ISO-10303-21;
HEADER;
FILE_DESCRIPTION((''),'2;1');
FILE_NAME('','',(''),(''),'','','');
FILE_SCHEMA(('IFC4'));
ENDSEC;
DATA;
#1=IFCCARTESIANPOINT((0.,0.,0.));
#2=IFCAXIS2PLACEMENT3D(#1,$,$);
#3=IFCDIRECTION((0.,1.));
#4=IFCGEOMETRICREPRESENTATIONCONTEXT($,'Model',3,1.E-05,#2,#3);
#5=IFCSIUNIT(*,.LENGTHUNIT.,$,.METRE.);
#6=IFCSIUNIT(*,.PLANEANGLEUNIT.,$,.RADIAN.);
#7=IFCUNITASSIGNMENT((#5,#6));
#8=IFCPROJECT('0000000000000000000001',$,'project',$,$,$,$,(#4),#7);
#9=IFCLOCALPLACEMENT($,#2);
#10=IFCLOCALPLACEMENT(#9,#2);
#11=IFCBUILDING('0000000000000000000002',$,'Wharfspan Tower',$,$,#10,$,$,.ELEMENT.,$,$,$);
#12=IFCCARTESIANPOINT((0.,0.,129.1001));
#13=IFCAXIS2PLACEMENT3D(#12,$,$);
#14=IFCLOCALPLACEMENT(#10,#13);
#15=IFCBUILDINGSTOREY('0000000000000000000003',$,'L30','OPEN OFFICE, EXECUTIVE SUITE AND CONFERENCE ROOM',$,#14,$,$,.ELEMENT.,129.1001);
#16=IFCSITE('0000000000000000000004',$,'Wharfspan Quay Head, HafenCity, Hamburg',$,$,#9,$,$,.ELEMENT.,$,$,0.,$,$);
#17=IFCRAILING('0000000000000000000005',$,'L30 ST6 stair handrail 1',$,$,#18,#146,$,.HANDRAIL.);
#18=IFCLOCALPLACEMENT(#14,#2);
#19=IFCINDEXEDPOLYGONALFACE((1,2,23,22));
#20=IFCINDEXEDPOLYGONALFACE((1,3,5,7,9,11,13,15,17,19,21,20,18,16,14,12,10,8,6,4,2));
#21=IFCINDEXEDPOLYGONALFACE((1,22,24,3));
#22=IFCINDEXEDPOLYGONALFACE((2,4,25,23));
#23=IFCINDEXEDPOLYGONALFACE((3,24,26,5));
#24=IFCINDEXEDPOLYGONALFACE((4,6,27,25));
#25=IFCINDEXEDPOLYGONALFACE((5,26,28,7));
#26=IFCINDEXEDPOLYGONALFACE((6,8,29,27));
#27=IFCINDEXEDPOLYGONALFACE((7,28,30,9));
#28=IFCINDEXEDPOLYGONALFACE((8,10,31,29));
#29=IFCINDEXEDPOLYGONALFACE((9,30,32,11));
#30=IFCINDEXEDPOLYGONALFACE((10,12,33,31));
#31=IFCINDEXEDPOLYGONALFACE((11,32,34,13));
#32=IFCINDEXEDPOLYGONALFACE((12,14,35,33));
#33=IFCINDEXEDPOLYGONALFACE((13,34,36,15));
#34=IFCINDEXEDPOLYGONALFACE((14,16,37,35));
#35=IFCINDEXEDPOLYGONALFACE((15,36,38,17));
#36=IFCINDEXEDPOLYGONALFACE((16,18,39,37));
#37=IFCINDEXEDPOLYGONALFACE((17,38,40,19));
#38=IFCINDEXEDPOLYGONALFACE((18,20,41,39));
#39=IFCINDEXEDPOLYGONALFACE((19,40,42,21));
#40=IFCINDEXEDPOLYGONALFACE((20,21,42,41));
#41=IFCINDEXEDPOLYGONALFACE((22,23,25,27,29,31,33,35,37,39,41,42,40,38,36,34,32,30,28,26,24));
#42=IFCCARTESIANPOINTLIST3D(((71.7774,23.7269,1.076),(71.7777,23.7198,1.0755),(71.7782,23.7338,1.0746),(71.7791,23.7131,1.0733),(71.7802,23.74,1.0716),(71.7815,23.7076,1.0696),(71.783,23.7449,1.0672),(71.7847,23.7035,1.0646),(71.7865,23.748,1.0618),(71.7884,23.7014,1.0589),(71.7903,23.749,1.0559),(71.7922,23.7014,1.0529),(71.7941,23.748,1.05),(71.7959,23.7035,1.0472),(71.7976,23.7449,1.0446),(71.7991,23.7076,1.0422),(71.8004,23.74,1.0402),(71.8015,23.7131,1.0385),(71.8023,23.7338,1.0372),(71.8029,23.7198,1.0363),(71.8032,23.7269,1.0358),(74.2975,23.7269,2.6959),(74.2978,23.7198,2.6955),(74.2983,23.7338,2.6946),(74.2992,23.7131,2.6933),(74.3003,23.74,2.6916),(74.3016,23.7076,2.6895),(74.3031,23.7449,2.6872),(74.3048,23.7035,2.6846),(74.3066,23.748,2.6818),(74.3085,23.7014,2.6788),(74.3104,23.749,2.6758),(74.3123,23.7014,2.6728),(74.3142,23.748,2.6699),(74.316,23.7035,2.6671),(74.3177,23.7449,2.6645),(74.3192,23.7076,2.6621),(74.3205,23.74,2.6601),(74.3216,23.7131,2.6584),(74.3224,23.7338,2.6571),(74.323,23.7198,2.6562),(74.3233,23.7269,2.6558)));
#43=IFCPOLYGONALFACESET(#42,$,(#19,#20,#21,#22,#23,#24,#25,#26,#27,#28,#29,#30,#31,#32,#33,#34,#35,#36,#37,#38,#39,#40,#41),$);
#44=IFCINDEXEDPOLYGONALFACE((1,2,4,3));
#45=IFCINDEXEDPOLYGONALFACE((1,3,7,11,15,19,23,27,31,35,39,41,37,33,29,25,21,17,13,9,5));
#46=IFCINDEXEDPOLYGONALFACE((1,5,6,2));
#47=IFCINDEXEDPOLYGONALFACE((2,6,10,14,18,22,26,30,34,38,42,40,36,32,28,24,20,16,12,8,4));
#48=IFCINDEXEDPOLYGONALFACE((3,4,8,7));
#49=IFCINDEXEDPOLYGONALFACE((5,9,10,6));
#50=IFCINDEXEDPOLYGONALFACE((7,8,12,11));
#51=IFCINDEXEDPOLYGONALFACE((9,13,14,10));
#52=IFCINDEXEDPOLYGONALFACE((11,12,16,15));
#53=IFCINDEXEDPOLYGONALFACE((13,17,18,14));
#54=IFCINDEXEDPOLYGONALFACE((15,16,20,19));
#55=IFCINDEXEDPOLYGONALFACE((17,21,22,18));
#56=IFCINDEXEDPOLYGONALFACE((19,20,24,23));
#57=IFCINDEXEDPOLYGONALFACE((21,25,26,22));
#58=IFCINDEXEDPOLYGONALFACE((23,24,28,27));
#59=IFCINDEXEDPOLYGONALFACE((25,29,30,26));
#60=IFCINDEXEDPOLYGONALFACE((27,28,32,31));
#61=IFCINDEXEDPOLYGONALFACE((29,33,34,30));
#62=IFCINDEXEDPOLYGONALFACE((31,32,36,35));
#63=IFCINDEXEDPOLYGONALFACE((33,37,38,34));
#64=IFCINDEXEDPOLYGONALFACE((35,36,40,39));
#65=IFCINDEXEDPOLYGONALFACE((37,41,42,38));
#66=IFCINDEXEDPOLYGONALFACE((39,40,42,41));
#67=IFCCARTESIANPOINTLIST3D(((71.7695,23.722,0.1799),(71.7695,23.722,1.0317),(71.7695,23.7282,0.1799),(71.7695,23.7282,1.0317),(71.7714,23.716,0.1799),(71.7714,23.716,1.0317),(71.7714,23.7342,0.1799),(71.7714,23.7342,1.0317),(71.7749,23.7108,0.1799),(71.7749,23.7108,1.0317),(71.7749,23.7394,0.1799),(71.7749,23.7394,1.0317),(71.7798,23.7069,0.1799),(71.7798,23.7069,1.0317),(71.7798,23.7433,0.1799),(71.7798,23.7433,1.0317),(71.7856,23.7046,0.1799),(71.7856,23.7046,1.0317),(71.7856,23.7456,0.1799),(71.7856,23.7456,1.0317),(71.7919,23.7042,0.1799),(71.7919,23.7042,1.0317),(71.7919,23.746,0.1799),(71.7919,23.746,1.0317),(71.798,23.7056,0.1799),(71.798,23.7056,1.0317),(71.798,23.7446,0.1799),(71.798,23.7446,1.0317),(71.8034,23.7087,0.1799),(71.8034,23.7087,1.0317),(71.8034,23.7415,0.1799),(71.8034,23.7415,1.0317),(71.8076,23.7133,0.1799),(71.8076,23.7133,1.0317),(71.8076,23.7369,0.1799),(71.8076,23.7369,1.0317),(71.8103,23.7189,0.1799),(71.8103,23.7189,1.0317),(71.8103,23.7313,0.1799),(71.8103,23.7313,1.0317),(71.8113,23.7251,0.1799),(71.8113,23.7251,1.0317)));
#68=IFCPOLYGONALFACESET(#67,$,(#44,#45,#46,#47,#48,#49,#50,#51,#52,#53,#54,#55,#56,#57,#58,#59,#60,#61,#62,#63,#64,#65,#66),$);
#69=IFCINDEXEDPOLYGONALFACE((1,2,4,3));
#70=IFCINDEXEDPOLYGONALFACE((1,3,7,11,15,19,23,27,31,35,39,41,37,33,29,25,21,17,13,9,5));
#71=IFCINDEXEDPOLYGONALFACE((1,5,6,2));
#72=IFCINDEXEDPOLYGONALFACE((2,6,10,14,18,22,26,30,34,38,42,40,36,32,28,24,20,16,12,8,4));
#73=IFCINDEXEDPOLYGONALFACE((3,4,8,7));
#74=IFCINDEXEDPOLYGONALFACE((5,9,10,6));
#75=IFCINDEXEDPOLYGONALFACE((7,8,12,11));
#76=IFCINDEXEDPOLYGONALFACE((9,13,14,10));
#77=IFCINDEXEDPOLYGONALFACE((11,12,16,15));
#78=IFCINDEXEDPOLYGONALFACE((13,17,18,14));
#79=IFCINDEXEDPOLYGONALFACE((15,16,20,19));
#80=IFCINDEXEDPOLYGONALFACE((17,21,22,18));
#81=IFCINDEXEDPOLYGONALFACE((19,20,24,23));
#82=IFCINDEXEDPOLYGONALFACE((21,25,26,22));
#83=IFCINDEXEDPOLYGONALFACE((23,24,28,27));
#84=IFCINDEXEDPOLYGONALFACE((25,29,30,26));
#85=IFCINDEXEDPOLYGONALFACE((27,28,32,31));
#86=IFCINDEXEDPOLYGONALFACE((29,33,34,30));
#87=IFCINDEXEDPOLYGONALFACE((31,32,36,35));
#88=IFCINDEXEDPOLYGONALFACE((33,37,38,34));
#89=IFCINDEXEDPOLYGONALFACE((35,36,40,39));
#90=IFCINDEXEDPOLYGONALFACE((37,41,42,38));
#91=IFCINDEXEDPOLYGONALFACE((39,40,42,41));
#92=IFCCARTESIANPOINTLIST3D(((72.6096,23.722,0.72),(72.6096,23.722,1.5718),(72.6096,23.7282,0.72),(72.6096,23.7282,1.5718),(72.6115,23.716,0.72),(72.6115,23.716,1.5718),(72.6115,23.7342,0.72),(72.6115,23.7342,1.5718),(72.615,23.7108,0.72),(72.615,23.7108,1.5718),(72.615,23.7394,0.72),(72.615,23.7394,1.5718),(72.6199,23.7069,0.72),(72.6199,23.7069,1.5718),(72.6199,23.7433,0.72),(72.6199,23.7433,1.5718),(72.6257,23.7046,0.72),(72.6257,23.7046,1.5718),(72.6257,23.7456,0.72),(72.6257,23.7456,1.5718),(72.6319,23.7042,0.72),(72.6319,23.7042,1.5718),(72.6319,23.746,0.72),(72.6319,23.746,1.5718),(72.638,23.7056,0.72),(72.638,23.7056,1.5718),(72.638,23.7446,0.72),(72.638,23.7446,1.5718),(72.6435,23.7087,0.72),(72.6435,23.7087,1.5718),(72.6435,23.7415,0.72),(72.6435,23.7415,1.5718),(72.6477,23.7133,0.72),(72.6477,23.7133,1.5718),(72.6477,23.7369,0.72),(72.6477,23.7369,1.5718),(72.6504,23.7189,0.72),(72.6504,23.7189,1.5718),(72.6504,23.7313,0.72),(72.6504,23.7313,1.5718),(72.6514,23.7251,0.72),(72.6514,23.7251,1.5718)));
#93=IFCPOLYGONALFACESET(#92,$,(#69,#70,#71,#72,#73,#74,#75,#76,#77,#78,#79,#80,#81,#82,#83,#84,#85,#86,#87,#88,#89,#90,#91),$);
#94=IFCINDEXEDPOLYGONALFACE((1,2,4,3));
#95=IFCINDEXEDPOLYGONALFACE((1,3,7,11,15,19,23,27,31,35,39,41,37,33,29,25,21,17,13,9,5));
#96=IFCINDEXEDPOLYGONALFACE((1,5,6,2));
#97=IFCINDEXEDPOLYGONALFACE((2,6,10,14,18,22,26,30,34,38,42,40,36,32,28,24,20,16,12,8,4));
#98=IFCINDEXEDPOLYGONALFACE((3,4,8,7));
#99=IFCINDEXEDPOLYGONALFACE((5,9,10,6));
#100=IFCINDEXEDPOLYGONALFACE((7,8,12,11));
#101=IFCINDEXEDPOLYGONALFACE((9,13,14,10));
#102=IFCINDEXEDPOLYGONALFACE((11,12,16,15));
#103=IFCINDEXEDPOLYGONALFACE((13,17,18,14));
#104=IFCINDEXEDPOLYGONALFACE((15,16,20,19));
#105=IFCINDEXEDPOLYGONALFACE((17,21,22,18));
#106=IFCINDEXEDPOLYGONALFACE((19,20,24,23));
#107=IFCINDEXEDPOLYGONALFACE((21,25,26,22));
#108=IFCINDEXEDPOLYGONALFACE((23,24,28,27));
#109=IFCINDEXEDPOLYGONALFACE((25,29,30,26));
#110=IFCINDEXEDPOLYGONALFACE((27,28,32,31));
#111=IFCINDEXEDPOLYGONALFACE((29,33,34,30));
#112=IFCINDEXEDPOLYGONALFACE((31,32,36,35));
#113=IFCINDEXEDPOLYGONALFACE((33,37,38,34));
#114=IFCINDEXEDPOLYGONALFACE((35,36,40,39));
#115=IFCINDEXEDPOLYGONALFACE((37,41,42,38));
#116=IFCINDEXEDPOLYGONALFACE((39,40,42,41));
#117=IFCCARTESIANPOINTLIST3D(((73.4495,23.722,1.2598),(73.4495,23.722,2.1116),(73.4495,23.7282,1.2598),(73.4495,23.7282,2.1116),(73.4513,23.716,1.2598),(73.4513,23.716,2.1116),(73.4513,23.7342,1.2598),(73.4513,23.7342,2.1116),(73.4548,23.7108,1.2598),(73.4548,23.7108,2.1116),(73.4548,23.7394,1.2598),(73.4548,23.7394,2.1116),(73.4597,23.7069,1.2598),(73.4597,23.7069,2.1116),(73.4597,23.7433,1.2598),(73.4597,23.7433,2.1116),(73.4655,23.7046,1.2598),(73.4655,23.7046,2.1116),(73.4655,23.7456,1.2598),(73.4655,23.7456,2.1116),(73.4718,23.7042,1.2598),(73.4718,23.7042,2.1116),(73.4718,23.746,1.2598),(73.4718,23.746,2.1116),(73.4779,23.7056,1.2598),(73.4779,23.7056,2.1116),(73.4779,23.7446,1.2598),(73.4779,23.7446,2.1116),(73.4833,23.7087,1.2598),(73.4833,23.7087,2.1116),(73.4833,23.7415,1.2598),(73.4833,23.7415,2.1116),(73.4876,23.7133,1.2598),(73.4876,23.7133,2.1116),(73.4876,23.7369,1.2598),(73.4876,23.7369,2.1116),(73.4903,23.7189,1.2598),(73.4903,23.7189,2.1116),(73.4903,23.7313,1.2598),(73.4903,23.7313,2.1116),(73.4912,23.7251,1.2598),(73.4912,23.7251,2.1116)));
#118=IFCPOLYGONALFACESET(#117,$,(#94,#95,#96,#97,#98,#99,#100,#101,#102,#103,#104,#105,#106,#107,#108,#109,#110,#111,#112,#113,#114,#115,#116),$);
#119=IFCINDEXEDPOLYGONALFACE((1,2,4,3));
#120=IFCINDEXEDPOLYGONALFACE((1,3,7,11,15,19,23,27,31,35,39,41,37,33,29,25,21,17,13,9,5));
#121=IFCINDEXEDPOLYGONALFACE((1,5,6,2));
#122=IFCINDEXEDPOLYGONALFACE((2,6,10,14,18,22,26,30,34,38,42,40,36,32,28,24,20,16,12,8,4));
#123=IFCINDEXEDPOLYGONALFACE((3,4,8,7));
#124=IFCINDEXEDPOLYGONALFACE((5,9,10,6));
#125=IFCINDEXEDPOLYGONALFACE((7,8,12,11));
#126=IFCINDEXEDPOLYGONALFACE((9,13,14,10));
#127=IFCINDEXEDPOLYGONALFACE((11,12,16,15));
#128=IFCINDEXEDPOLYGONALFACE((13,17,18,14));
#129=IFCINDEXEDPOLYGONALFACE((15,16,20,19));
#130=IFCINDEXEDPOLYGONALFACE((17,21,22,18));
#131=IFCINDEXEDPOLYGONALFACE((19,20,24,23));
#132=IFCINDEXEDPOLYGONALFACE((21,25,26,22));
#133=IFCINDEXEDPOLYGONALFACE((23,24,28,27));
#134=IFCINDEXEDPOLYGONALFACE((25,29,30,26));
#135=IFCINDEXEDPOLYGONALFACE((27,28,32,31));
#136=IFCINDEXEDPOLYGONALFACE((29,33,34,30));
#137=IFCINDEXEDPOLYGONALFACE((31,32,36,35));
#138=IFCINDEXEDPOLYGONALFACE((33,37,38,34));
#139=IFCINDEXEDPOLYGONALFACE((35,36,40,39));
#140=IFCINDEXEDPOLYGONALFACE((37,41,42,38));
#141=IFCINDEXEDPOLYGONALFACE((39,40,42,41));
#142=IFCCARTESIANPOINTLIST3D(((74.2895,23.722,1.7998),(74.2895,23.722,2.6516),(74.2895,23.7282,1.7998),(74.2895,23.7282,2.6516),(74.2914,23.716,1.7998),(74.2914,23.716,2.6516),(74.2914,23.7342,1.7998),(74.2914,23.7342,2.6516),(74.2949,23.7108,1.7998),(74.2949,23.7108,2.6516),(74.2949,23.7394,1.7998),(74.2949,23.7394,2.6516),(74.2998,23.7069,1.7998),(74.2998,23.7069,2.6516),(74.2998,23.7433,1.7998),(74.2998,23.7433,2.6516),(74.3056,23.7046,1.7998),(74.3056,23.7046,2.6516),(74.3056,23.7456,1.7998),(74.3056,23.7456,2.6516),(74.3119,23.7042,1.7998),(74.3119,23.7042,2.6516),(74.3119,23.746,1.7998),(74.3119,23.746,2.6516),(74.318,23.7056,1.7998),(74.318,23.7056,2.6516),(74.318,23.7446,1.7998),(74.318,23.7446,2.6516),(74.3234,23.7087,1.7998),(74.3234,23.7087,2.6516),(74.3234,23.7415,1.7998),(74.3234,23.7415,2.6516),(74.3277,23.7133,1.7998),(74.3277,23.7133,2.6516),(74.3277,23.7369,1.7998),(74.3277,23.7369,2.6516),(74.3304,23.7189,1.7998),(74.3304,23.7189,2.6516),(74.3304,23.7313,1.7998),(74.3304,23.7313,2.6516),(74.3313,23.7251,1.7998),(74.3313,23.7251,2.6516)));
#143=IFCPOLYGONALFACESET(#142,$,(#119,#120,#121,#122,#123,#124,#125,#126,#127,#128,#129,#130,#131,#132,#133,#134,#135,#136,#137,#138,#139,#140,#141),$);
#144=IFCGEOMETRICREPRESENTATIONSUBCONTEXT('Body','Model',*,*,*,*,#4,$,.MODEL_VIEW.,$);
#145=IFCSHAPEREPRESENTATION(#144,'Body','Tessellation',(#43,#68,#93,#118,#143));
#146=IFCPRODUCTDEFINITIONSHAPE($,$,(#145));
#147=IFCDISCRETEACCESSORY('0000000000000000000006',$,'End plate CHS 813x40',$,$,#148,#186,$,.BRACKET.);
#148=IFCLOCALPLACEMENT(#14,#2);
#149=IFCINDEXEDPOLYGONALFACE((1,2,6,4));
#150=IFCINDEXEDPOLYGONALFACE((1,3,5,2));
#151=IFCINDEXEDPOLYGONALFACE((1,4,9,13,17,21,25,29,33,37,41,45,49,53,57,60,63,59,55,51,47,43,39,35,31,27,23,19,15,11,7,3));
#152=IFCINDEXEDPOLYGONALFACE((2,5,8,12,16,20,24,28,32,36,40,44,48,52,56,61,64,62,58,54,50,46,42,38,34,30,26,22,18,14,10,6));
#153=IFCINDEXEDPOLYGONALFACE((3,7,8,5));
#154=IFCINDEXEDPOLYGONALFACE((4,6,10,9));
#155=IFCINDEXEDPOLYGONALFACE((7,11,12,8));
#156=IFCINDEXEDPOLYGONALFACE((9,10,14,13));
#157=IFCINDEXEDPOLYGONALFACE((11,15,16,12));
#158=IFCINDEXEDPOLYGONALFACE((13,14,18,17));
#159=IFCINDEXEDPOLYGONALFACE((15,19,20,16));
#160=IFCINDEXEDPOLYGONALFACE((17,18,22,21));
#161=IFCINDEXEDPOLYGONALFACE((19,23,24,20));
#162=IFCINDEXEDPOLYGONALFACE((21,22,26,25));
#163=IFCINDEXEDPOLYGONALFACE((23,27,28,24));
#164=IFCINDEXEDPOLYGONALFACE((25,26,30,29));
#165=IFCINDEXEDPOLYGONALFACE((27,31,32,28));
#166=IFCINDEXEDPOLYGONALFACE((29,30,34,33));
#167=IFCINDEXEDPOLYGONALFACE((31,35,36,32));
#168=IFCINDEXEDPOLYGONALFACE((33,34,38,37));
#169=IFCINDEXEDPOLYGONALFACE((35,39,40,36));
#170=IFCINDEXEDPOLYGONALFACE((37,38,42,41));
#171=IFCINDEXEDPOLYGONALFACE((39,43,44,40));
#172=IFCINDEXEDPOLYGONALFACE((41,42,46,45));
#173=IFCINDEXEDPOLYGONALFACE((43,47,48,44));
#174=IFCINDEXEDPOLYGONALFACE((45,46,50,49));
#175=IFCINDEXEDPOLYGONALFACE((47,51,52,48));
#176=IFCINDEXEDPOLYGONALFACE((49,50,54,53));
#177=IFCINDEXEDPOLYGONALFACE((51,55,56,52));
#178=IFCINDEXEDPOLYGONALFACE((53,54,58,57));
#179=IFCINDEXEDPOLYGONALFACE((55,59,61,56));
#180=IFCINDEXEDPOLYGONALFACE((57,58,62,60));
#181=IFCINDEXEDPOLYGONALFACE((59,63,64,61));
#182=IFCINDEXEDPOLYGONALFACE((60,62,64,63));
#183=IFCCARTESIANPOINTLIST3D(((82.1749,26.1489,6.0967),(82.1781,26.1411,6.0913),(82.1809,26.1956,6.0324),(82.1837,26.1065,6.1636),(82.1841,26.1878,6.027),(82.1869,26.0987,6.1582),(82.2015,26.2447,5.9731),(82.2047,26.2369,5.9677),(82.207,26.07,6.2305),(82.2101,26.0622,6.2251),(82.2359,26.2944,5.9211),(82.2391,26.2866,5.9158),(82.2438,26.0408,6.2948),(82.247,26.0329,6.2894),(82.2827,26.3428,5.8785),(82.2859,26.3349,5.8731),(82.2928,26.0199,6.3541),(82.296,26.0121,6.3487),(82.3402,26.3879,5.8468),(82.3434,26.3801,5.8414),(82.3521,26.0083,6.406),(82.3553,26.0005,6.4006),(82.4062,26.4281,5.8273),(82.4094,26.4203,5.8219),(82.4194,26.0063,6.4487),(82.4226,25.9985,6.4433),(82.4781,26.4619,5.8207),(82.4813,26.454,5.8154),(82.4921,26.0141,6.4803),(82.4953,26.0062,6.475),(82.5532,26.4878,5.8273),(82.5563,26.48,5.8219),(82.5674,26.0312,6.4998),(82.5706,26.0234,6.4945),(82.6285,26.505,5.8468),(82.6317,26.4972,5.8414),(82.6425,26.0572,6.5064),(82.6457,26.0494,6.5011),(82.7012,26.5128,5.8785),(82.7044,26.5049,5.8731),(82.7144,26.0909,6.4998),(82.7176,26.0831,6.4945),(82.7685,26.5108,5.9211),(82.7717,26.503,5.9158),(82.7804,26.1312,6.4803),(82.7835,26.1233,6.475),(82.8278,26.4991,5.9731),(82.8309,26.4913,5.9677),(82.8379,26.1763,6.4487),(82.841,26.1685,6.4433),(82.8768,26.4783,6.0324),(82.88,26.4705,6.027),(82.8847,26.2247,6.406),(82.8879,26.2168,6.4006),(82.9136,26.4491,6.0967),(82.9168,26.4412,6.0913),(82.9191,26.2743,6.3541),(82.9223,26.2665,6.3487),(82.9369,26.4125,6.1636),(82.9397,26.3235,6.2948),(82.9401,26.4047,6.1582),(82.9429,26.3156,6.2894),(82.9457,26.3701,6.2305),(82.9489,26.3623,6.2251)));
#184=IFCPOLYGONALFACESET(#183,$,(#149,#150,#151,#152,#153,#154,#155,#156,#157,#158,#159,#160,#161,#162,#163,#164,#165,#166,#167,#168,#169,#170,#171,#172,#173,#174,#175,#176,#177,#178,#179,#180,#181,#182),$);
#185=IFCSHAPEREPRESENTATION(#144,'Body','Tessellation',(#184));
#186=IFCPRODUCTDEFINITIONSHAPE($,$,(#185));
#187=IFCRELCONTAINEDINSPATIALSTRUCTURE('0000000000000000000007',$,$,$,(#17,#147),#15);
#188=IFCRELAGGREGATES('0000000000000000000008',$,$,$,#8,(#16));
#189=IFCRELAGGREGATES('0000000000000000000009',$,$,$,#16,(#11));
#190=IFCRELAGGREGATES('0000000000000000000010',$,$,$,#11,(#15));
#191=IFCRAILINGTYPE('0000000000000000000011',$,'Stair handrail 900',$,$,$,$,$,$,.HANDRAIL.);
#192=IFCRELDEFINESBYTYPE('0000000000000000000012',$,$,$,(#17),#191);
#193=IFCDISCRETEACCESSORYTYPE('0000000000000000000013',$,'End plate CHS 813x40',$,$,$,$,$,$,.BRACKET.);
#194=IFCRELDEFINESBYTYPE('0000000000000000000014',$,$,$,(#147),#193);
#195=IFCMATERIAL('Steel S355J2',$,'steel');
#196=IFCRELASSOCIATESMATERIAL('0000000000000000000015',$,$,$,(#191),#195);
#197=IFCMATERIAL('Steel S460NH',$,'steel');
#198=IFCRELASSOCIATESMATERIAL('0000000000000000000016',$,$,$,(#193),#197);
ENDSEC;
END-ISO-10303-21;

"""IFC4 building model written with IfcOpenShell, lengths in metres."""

from ifc_helpers import new_model, si_unit, direction, frame, origin, origin_2d, place, context, subcontext, project, spatial, circle, extrude, material, material_profile, profile_set, type_object, element, save


model = new_model("IFC4")

# Units and contexts
model_context = context("Model", 3, precision=1e-05, world=origin(), true_north=direction((0.0, 1.0)))
body_context = subcontext(model_context, "Body", "Model", "MODEL_VIEW")
ifc_project = project(units=[si_unit("LENGTHUNIT", "METRE"), si_unit("PLANEANGLEUNIT", "RADIAN")], contexts=[model_context])

# Site, building, storey
site_placement = place(None, origin())
site = spatial("IfcSite", under=ifc_project, at=site_placement, Name="Wharfspan Quay Head, HafenCity, Hamburg", CompositionType="ELEMENT", RefElevation=0.0)
building_placement = place(site_placement, origin())
building = spatial("IfcBuilding", under=site, at=building_placement, Name="Wharfspan Tower", CompositionType="ELEMENT")
storey_placement = place(building_placement, frame((0.0, 0.0, 129.1001)))
storey = spatial("IfcBuildingStorey", under=building, at=storey_placement, Name="L30", Description="OPEN OFFICE, EXECUTIVE SUITE AND CONFERENCE ROOM", CompositionType="ELEMENT", Elevation=129.1001)

# Shared definitions
ifc_material_1 = material(Name="Steel S355J2", Category="steel")

# Shared definitions
ifc_material_2 = material(Name="Steel S460NH", Category="steel")

# Railing
railing_type_1 = type_object("IfcRailingType", Name="Stair handrail 900", PredefinedType="HANDRAIL", material=ifc_material_1)
railing_1_placement = place(storey_placement, frame((71.7903, 23.7251, 0.1799)))
element("IfcRailing", 1, at=railing_1_placement, inside=storey, type_object=railing_type_1, Name="L30 ST6 stair handrail 1", PredefinedType="HANDRAIL", context=body_context, shape_type="SweptSolid", body=[
    extrude(circle(Radius=0.0239, at=origin_2d()), frame((0.0, 0.0, 0.876), z_axis=(0.8412, 0.0, 0.540725), x_axis=(0.0, 1.0, 0.0)), (0.0, 0.0, 1.0), 2.9958),
    extrude(circle(Radius=0.021, at=origin_2d()), origin(), (0.0, 0.0, 1.0), 0.8518),
    extrude(circle(Radius=0.021, at=origin_2d()), frame((0.8401, 0.0, 0.54)), (0.0, 0.0, 1.0), 0.8518),
    extrude(circle(Radius=0.021, at=origin_2d()), frame((1.6799, 0.0, 1.0798)), (0.0, 0.0, 1.0), 0.8518),
    extrude(circle(Radius=0.021, at=origin_2d()), frame((2.52, 0.0, 1.6199)), (0.0, 0.0, 1.0), 0.8518),
])

# Discrete accessory
ifc_material_profile_1 = material_profile(ifc_material_2, circle(Radius=0.4065, at=origin_2d()))
ifc_profile_set_1 = profile_set([ifc_material_profile_1], Name="Steel S460NH")
discrete_accessory_type = type_object("IfcDiscreteAccessoryType", Name="End plate CHS 813x40", PredefinedType="BRACKET", material=ifc_profile_set_1)
for number, where, z_axis, x_axis, name in (
    (2, (82.5635, 26.2517, 6.1582), (-0.317451, 0.781418, 0.537225), (-0.92647, -0.376377, -0.000002), "End plate CHS 813x40"),
):
    element("IfcDiscreteAccessory", number, at=place(storey_placement, frame(where, z_axis=z_axis, x_axis=x_axis)), inside=storey, type_object=discrete_accessory_type, Name=name, PredefinedType="BRACKET", context=body_context, shape_type="SweptSolid", body=[
        extrude(circle(Radius=0.4065, at=origin_2d()), origin(), (0.0, 0.0, 1.0), 0.01),
    ])

save(model, "model.ifc")
